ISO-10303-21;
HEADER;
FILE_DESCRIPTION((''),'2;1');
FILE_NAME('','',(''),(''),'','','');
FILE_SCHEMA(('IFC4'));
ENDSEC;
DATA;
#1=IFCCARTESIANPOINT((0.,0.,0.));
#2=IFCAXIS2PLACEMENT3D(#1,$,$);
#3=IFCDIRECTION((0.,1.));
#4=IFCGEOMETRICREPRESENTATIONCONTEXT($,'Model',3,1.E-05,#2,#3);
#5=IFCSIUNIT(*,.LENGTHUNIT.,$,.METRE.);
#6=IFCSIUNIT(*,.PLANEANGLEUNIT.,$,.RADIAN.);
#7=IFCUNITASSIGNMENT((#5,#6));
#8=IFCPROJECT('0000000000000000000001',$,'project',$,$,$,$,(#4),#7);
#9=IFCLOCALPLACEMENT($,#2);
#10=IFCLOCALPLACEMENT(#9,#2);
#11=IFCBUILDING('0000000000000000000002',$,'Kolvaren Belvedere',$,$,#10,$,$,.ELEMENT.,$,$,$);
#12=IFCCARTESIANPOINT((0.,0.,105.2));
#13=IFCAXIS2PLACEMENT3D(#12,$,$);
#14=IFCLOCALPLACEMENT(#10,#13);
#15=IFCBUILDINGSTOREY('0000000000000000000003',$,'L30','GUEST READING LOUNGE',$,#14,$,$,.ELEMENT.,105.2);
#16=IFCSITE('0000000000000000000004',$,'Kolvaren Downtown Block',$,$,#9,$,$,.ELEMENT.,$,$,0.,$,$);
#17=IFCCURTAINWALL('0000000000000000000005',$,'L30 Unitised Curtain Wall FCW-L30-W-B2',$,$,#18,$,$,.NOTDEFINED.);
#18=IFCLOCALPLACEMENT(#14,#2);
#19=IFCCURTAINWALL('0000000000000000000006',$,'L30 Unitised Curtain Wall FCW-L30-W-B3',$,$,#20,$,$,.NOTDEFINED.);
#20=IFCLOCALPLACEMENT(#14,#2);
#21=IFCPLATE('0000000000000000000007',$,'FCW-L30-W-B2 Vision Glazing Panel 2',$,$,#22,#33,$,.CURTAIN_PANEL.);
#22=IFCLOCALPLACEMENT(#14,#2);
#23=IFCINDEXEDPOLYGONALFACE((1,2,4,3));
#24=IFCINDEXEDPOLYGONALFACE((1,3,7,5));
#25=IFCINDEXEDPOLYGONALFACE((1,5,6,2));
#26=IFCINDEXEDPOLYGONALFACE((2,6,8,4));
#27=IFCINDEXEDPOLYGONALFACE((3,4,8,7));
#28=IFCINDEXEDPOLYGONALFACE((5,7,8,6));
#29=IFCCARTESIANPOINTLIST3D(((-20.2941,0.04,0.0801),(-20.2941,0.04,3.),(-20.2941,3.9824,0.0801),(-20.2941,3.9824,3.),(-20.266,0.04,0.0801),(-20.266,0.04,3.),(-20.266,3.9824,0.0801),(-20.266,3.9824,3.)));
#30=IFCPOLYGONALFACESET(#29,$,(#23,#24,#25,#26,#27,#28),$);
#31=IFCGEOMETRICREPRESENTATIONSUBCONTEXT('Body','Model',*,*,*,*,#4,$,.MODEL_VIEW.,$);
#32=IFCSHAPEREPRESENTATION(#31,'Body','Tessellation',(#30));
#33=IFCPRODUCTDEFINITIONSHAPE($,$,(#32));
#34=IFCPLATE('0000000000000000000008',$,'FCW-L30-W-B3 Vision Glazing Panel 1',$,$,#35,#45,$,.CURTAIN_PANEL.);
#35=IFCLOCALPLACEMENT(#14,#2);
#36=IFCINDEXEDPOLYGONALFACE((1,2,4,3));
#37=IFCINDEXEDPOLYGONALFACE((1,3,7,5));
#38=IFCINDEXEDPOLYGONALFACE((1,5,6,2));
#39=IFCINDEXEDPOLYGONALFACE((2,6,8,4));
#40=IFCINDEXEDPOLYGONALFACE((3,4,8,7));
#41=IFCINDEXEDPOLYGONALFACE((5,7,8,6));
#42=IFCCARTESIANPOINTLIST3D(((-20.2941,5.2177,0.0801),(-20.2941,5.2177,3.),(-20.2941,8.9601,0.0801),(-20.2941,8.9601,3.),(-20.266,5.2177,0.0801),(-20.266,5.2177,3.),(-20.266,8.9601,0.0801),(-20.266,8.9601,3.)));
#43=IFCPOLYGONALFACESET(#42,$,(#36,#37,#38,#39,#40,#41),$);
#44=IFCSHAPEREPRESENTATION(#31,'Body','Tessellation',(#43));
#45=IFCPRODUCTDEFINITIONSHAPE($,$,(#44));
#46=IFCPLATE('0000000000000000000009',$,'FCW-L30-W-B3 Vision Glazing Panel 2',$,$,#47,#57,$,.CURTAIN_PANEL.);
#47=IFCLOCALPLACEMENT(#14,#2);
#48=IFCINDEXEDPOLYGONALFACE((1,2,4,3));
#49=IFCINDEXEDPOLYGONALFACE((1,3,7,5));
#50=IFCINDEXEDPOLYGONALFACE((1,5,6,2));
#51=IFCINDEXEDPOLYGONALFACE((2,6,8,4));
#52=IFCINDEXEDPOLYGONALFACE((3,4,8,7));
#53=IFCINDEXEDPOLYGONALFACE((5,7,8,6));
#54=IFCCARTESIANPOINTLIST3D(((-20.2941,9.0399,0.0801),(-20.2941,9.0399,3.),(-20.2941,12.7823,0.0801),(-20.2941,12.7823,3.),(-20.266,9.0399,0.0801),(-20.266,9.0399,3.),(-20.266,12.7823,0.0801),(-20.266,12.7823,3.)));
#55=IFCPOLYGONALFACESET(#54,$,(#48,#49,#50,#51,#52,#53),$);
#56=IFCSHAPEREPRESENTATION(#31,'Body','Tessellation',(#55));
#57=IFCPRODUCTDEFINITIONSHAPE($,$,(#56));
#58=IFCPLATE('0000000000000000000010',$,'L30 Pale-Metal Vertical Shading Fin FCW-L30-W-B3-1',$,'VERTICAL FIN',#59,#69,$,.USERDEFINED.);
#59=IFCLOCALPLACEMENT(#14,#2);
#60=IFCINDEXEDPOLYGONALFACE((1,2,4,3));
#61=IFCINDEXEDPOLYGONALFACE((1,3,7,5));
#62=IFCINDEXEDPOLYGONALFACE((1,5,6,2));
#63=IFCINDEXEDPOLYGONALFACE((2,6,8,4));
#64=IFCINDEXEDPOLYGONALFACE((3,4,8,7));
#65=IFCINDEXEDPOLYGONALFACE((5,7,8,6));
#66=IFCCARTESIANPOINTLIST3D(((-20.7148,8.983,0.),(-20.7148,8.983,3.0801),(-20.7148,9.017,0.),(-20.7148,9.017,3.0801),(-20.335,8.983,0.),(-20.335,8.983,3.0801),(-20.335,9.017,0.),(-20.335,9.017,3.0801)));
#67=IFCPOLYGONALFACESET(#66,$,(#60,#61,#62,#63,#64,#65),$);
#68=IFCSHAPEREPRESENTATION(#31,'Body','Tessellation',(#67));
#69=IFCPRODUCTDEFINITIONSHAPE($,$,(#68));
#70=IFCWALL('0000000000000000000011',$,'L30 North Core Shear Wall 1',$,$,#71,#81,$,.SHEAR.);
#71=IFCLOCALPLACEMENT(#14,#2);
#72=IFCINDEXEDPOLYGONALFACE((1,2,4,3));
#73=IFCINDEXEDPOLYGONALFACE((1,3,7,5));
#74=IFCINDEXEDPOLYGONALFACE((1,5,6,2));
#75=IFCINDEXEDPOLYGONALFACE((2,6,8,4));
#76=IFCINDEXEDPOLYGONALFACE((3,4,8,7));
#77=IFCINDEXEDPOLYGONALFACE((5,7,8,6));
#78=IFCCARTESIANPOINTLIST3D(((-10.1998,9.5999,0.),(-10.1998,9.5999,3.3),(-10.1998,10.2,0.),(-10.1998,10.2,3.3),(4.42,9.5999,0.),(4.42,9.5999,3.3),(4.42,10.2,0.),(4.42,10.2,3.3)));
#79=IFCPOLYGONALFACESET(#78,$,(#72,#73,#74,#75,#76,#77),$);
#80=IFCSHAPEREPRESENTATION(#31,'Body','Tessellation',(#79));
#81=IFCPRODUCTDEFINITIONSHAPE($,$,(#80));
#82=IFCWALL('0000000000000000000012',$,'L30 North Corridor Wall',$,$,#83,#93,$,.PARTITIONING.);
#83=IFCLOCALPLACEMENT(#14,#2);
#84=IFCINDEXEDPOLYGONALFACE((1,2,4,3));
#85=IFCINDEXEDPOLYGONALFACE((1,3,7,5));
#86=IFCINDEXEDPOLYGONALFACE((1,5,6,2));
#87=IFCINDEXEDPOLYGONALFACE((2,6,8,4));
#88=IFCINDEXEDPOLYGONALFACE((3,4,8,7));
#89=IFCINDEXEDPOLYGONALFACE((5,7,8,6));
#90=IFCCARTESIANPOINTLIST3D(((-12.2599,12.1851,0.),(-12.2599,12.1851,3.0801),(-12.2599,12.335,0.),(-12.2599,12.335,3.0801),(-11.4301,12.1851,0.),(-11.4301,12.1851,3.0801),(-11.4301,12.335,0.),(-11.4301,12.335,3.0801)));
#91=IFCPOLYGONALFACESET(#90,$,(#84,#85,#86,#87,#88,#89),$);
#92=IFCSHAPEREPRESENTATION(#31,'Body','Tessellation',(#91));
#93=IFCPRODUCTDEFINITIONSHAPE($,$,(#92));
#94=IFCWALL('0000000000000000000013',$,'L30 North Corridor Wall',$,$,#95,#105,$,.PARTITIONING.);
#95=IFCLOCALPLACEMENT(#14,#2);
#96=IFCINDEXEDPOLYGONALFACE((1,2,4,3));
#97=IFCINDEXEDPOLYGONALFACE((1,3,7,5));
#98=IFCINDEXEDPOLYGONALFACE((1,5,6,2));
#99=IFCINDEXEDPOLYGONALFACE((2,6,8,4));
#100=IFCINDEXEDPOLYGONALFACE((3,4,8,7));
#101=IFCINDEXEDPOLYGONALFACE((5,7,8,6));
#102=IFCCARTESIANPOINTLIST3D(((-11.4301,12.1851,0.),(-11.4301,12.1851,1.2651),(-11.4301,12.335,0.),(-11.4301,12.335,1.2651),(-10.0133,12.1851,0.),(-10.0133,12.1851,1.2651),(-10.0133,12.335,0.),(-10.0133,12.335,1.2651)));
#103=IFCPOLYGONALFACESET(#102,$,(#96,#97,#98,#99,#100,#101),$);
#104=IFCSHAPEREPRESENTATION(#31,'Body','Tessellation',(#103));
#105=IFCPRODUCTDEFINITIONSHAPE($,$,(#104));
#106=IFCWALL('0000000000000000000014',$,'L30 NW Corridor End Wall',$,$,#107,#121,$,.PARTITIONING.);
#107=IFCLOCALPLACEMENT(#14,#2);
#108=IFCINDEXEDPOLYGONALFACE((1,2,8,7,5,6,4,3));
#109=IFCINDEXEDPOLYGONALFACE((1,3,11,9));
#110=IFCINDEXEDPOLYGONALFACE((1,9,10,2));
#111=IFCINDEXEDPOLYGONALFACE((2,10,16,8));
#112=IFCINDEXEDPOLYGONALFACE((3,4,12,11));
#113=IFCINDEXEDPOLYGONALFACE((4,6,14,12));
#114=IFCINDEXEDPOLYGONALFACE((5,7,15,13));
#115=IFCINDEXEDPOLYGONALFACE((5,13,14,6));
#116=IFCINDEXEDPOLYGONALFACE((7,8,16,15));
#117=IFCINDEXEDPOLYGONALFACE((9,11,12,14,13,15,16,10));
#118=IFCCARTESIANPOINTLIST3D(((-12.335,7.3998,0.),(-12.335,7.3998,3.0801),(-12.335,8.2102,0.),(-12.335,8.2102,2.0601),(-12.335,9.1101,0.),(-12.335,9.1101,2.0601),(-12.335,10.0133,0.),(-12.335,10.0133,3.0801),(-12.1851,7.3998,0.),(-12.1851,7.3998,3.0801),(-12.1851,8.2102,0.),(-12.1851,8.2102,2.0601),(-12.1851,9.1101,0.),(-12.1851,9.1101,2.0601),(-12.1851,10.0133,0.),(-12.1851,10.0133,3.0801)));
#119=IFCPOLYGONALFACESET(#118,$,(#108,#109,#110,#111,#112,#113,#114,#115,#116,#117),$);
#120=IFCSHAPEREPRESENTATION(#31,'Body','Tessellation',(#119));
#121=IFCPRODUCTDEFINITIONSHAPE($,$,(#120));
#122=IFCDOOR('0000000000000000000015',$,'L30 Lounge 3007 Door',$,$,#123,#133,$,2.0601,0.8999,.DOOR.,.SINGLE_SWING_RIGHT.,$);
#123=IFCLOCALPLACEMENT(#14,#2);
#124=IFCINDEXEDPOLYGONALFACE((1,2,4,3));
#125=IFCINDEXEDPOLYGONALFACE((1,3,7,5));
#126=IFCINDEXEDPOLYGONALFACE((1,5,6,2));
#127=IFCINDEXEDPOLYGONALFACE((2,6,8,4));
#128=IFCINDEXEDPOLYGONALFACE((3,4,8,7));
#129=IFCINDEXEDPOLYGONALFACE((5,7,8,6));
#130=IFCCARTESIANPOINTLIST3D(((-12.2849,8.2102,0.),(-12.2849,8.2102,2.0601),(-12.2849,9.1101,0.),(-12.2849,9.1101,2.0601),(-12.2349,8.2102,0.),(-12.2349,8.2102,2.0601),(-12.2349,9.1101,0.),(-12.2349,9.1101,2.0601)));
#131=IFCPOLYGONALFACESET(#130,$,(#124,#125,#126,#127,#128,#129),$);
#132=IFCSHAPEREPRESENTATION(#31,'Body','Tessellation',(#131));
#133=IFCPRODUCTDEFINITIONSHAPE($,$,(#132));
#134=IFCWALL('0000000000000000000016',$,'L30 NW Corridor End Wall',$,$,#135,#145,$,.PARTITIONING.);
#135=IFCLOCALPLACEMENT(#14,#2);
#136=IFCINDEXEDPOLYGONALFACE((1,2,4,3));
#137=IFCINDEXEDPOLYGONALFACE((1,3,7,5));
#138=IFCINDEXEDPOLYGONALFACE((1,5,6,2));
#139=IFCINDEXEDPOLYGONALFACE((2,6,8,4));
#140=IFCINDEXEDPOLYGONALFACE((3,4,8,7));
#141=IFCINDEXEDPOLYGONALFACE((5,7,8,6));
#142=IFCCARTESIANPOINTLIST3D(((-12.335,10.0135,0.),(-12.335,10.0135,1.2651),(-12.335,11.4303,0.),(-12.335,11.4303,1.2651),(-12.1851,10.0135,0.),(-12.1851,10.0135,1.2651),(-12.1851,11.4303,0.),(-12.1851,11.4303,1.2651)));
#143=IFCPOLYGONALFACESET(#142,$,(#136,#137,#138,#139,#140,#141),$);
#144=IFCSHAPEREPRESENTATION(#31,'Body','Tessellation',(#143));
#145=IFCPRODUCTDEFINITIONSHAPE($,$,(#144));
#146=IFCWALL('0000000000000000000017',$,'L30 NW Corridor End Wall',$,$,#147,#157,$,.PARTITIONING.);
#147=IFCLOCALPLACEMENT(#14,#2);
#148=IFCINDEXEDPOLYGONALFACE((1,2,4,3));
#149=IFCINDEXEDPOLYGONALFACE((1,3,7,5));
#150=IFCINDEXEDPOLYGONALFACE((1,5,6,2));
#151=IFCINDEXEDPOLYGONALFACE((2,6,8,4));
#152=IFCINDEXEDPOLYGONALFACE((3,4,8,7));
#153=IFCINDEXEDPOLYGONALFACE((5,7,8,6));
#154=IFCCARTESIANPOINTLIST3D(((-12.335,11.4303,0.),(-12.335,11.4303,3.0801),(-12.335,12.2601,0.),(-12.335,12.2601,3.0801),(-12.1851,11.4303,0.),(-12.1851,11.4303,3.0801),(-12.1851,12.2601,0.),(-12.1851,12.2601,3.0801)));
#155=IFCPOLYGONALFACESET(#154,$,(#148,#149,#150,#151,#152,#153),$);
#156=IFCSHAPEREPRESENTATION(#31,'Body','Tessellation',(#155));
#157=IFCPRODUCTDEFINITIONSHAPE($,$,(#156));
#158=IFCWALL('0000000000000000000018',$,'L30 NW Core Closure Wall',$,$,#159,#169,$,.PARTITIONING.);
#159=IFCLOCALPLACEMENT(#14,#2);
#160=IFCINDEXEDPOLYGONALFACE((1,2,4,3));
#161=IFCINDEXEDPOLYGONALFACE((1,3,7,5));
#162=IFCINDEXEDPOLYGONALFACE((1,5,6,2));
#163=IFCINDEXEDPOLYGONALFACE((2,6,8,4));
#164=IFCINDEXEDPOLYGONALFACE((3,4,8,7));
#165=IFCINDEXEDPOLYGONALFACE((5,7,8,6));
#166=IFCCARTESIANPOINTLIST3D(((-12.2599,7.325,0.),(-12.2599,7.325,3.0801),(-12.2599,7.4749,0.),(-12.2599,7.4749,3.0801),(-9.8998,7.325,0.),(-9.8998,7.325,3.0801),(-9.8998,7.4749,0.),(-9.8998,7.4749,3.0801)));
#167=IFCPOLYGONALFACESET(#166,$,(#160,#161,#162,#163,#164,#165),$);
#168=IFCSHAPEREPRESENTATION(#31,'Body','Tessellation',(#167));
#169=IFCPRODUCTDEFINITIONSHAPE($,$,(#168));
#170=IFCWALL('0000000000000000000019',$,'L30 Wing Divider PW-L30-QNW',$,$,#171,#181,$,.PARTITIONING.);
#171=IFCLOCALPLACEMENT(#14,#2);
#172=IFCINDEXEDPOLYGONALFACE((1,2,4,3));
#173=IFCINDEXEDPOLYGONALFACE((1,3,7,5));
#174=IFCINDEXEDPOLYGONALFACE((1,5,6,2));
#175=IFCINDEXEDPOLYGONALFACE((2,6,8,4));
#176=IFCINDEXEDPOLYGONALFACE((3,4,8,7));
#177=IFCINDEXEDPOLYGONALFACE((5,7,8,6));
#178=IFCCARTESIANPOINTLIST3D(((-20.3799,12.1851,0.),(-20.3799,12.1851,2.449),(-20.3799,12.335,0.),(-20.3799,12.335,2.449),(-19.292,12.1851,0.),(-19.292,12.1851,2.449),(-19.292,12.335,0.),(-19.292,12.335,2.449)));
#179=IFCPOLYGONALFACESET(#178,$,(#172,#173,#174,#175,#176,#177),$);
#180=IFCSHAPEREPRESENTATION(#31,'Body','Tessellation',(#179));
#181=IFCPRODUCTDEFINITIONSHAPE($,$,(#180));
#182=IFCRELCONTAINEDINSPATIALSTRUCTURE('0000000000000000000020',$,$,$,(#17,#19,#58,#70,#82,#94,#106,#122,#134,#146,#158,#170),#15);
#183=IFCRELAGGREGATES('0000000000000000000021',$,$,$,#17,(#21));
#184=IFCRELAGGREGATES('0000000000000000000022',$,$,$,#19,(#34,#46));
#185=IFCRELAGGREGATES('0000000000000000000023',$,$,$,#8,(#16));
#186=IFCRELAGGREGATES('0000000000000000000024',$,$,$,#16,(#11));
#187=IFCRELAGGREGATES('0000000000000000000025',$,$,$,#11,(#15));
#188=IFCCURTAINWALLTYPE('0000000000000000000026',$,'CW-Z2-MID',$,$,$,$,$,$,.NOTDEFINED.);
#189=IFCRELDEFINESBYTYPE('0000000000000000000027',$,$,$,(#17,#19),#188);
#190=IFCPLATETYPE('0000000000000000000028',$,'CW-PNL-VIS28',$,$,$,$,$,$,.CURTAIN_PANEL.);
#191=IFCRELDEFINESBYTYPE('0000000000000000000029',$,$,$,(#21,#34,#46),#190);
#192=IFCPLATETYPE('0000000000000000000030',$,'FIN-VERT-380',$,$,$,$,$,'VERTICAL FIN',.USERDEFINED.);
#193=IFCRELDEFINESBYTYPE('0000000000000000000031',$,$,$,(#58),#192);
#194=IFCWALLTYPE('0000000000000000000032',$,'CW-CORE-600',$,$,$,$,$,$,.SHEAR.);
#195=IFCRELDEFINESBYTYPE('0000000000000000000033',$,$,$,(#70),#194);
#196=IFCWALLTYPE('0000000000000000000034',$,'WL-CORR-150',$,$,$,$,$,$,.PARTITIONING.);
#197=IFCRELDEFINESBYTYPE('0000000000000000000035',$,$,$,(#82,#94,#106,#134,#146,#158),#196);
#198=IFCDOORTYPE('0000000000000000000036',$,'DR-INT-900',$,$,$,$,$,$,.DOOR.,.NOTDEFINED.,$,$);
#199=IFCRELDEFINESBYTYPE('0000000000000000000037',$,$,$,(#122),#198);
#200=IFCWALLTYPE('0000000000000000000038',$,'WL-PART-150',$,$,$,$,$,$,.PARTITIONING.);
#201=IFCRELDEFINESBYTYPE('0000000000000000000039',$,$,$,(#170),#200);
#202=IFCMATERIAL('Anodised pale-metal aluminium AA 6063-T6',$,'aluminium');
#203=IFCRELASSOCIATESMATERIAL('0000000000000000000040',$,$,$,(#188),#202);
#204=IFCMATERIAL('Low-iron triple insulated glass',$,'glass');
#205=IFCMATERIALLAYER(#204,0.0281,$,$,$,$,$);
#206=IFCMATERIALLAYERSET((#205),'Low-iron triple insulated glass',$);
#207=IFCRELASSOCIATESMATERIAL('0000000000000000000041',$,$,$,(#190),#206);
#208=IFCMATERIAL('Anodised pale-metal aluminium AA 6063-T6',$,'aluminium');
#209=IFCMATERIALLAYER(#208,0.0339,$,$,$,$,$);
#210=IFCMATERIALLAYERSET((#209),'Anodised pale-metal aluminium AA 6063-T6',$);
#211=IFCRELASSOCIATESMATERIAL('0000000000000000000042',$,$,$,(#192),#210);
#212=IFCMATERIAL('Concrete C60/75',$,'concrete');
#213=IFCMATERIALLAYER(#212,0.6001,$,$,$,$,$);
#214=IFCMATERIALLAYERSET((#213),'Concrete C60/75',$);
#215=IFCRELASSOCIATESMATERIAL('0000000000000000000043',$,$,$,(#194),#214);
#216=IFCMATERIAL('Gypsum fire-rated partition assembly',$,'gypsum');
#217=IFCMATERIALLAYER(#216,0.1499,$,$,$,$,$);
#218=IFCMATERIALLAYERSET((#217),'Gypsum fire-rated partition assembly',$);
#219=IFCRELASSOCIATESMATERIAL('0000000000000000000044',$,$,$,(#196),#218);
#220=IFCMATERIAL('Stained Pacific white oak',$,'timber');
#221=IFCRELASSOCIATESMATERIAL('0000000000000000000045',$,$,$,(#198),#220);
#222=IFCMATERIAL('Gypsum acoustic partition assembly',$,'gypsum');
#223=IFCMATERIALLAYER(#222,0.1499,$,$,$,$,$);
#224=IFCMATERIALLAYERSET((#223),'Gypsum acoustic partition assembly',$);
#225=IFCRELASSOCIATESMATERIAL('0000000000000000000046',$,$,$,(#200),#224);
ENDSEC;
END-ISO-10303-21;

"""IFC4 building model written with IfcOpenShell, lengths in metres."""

from ifc_helpers import new_model, si_unit, direction, frame, frame_2d, origin, origin_2d, place, context, subcontext, project, spatial, rectangle, extrude, material, layer, layer_set, type_object, element, fill, aggregate, save


model = new_model("IFC4")

# Units and contexts
model_context = context("Model", 3, precision=1e-05, world=origin(), true_north=direction((0.0, 1.0)))
body_context = subcontext(model_context, "Body", "Model", "MODEL_VIEW")
ifc_project = project(units=[si_unit("LENGTHUNIT", "METRE"), si_unit("PLANEANGLEUNIT", "RADIAN")], contexts=[model_context])

# Site, building, storey
site_placement = place(None, origin())
site = spatial("IfcSite", under=ifc_project, at=site_placement, Name="Kolvaren Downtown Block", CompositionType="ELEMENT", RefElevation=0.0)
building_placement = place(site_placement, origin())
building = spatial("IfcBuilding", under=site, at=building_placement, Name="Kolvaren Belvedere", CompositionType="ELEMENT")
storey_placement = place(building_placement, frame((0.0, 0.0, 105.2)))
storey = spatial("IfcBuildingStorey", under=building, at=storey_placement, Name="L30", Description="GUEST READING LOUNGE", CompositionType="ELEMENT", Elevation=105.2)

# Curtain wall
ifc_material_1 = material(Name="Anodised pale-metal aluminium AA 6063-T6", Category="aluminium")
curtain_wall_type = type_object("IfcCurtainWallType", Name="CW-Z2-MID", PredefinedType="NOTDEFINED", material=ifc_material_1)
curtain_wall_1_placement = place(storey_placement, origin())
curtain_wall_1 = element("IfcCurtainWall", 1, at=curtain_wall_1_placement, inside=storey, type_object=curtain_wall_type, Name="L30 Unitised Curtain Wall FCW-L30-W-B2", PredefinedType="NOTDEFINED")

# Curtain wall
curtain_wall_2_placement = place(storey_placement, origin())
curtain_wall_2 = element("IfcCurtainWall", 2, at=curtain_wall_2_placement, inside=storey, type_object=curtain_wall_type, Name="L30 Unitised Curtain Wall FCW-L30-W-B3", PredefinedType="NOTDEFINED")

# Plates
ifc_material_2 = material(Name="Low-iron triple insulated glass", Category="glass")
ifc_layer_1 = layer(ifc_material_2, 0.0281)
ifc_layer_set_1 = layer_set([ifc_layer_1], Name="Low-iron triple insulated glass")
plate_type_1 = type_object("IfcPlateType", Name="CW-PNL-VIS28", PredefinedType="CURTAIN_PANEL", material=ifc_layer_set_1)
plate_1_placement = place(storey_placement, frame((-20.28, 2.0112, 0.0801), z_axis=(0.0, 0.0, 1.0), x_axis=(0.0, 1.0, 0.0)))
plate_1 = element("IfcPlate", 3, at=plate_1_placement, type_object=plate_type_1, Name="FCW-L30-W-B2 Vision Glazing Panel 2", PredefinedType="CURTAIN_PANEL", context=body_context, shape_type="SweptSolid", body=[
    extrude(rectangle(XDim=3.9424, YDim=0.0281, at=origin_2d()), origin(), (0.0, 0.0, 1.0), 2.9199),
])
aggregate(curtain_wall_1, [plate_1])
plate_2_placement = place(storey_placement, frame((-20.28, 7.0889, 0.0801), z_axis=(0.0, 0.0, 1.0), x_axis=(0.0, 1.0, 0.0)))
plate_2 = element("IfcPlate", 4, at=plate_2_placement, type_object=plate_type_1, Name="FCW-L30-W-B3 Vision Glazing Panel 1", PredefinedType="CURTAIN_PANEL", context=body_context, shape_type="SweptSolid", body=[
    extrude(rectangle(XDim=3.7424, YDim=0.0281, at=origin_2d()), origin(), (0.0, 0.0, 1.0), 2.9199),
])
plate_3_placement = place(storey_placement, frame((-20.28, 10.9111, 0.0801), z_axis=(0.0, 0.0, 1.0), x_axis=(0.0, 1.0, 0.0)))
plate_3 = element("IfcPlate", 5, at=plate_3_placement, type_object=plate_type_1, Name="FCW-L30-W-B3 Vision Glazing Panel 2", PredefinedType="CURTAIN_PANEL", context=body_context, shape_type="SweptSolid", body=[
    extrude(rectangle(XDim=3.7424, YDim=0.0281, at=origin_2d()), origin(), (0.0, 0.0, 1.0), 2.9199),
])
aggregate(curtain_wall_2, [plate_2, plate_3])
ifc_material_3 = material(Name="Anodised pale-metal aluminium AA 6063-T6", Category="aluminium")
ifc_layer_2 = layer(ifc_material_3, 0.0339)
ifc_layer_set_2 = layer_set([ifc_layer_2], Name="Anodised pale-metal aluminium AA 6063-T6")
plate_type_2 = type_object("IfcPlateType", Name="FIN-VERT-380", ElementType="VERTICAL FIN", PredefinedType="USERDEFINED", material=ifc_layer_set_2)
plate_4_placement = place(storey_placement, frame((-20.5249, 9.0, 0.0), z_axis=(0.0, 0.0, 1.0), x_axis=(1.0, 0.0, 0.0)))
element("IfcPlate", 6, at=plate_4_placement, inside=storey, type_object=plate_type_2, Name="L30 Pale-Metal Vertical Shading Fin FCW-L30-W-B3-1", ObjectType="VERTICAL FIN", PredefinedType="USERDEFINED", context=body_context, shape_type="SweptSolid", body=[
    extrude(rectangle(XDim=0.3799, YDim=0.0339, at=origin_2d()), origin(), (0.0, 0.0, 1.0), 3.0801),
])

# Walls
ifc_material_4 = material(Name="Concrete C60/75", Category="concrete")
ifc_layer_3 = layer(ifc_material_4, 0.6001)
ifc_layer_set_3 = layer_set([ifc_layer_3], Name="Concrete C60/75")
wall_type_1 = type_object("IfcWallType", Name="CW-CORE-600", PredefinedType="SHEAR", material=ifc_layer_set_3)
wall_1_placement = place(storey_placement, frame((-10.2, 9.8999, 0.0), z_axis=(0.0, 0.0, 1.0), x_axis=(1.0, 0.0, 0.0)))
element("IfcWall", 7, at=wall_1_placement, inside=storey, type_object=wall_type_1, Name="L30 North Core Shear Wall 1", PredefinedType="SHEAR", context=body_context, shape_type="SweptSolid", body=[
    extrude(rectangle(XDim=14.6199, YDim=0.6001, at=frame_2d((7.3101, 0.0))), origin(), (0.0, 0.0, 1.0), 3.3),
])
ifc_material_5 = material(Name="Gypsum fire-rated partition assembly", Category="gypsum")
ifc_layer_4 = layer(ifc_material_5, 0.1499)
ifc_layer_set_4 = layer_set([ifc_layer_4], Name="Gypsum fire-rated partition assembly")
wall_type_2 = type_object("IfcWallType", Name="WL-CORR-150", PredefinedType="PARTITIONING", material=ifc_layer_set_4)
wall_2_placement = place(storey_placement, frame((-12.26, 12.26, 0.0), z_axis=(0.0, 0.0, 1.0), x_axis=(1.0, 0.0, 0.0)))
element("IfcWall", 8, at=wall_2_placement, inside=storey, type_object=wall_type_2, Name="L30 North Corridor Wall", PredefinedType="PARTITIONING", context=body_context, shape_type="SweptSolid", body=[
    extrude(rectangle(XDim=0.8298, YDim=0.1499, at=frame_2d((0.415, 0.0))), origin(), (0.0, 0.0, 1.0), 3.0801),
])
wall_3_placement = place(storey_placement, frame((-11.4302, 12.26, 0.0), z_axis=(0.0, 0.0, 1.0), x_axis=(1.0, 0.0, 0.0)))
element("IfcWall", 9, at=wall_3_placement, inside=storey, type_object=wall_type_2, Name="L30 North Corridor Wall", PredefinedType="PARTITIONING", context=body_context, shape_type="SweptSolid", body=[
    extrude(rectangle(XDim=1.4167, YDim=0.1499, at=frame_2d((0.7085, 0.0))), origin(), (0.0, 0.0, 1.0), 1.2651),
])

# Wall, opening, door
wall_4_placement = place(storey_placement, frame((-12.26, 7.3999, 0.0), z_axis=(0.0, 0.0, 1.0), x_axis=(0.0, 1.0, 0.0)))
wall_4 = element("IfcWall", 10, at=wall_4_placement, inside=storey, type_object=wall_type_2, Name="L30 NW Corridor End Wall", PredefinedType="PARTITIONING", context=body_context, shape_type="SweptSolid", body=[
    extrude(rectangle(XDim=2.6135, YDim=0.1499, at=frame_2d((1.3066, 0.0))), origin(), (0.0, 0.0, 1.0), 3.0801),
])
opening_placement = place(wall_4_placement, frame((0.8103, 0.0, 0.0)))
opening = element("IfcOpeningElement", 11, at=opening_placement, cuts=wall_4, PredefinedType="OPENING", context=body_context, shape_type="SweptSolid", body=[
    extrude(rectangle(XDim=0.8999, YDim=2.0601, at=frame_2d((0.45, 1.03))), frame((0.0, 0.085, 0.0), z_axis=(0.0, -1.0, 0.0), x_axis=(1.0, 0.0, 0.0)), (0.0, 0.0, 1.0), 0.1699),
])
ifc_material_6 = material(Name="Stained Pacific white oak", Category="timber")
door_type = type_object("IfcDoorType", Name="DR-INT-900", OperationType="NOTDEFINED", PredefinedType="DOOR", material=ifc_material_6)
door_placement = place(opening_placement, origin())
door = element("IfcDoor", 12, at=door_placement, inside=storey, type_object=door_type, Name="L30 Lounge 3007 Door", OperationType="SINGLE_SWING_RIGHT", OverallHeight=2.0601, OverallWidth=0.8999, PredefinedType="DOOR", context=body_context, shape_type="SweptSolid", body=[
    extrude(rectangle(XDim=0.8999, YDim=2.0601, at=frame_2d((0.45, 1.03))), frame((0.0, 0.0249, 0.0), z_axis=(0.0, -1.0, 0.0), x_axis=(1.0, 0.0, 0.0)), (0.0, 0.0, 1.0), 0.05),
])
fill(opening, door)

# Walls
wall_5_placement = place(storey_placement, frame((-12.26, 10.0134, 0.0), z_axis=(0.0, 0.0, 1.0), x_axis=(0.0, 1.0, 0.0)))
element("IfcWall", 13, at=wall_5_placement, inside=storey, type_object=wall_type_2, Name="L30 NW Corridor End Wall", PredefinedType="PARTITIONING", context=body_context, shape_type="SweptSolid", body=[
    extrude(rectangle(XDim=1.4167, YDim=0.1499, at=frame_2d((0.7085, 0.0))), origin(), (0.0, 0.0, 1.0), 1.2651),
])
wall_6_placement = place(storey_placement, frame((-12.26, 11.4302, 0.0), z_axis=(0.0, 0.0, 1.0), x_axis=(0.0, 1.0, 0.0)))
element("IfcWall", 14, at=wall_6_placement, inside=storey, type_object=wall_type_2, Name="L30 NW Corridor End Wall", PredefinedType="PARTITIONING", context=body_context, shape_type="SweptSolid", body=[
    extrude(rectangle(XDim=0.8298, YDim=0.1499, at=frame_2d((0.415, 0.0))), origin(), (0.0, 0.0, 1.0), 3.0801),
])
wall_7_placement = place(storey_placement, frame((-12.26, 7.3999, 0.0), z_axis=(0.0, 0.0, 1.0), x_axis=(1.0, 0.0, 0.0)))
element("IfcWall", 15, at=wall_7_placement, inside=storey, type_object=wall_type_2, Name="L30 NW Core Closure Wall", PredefinedType="PARTITIONING", context=body_context, shape_type="SweptSolid", body=[
    extrude(rectangle(XDim=2.3601, YDim=0.1499, at=frame_2d((1.1802, 0.0))), origin(), (0.0, 0.0, 1.0), 3.0801),
])
ifc_material_7 = material(Name="Gypsum acoustic partition assembly", Category="gypsum")
ifc_layer_5 = layer(ifc_material_7, 0.1499)
ifc_layer_set_5 = layer_set([ifc_layer_5], Name="Gypsum acoustic partition assembly")
wall_type_3 = type_object("IfcWallType", Name="WL-PART-150", PredefinedType="PARTITIONING", material=ifc_layer_set_5)
wall_8_placement = place(storey_placement, frame((-20.3799, 12.26, 0.0), z_axis=(0.0, 0.0, 1.0), x_axis=(1.0, 0.0, 0.0)))
element("IfcWall", 16, at=wall_8_placement, inside=storey, type_object=wall_type_3, Name="L30 Wing Divider PW-L30-QNW", PredefinedType="PARTITIONING", context=body_context, shape_type="SweptSolid", body=[
    extrude(rectangle(XDim=1.0879, YDim=0.1499, at=frame_2d((0.5439, 0.0))), origin(), (0.0, 0.0, 1.0), 2.449),
])

save(model, "model.ifc")
